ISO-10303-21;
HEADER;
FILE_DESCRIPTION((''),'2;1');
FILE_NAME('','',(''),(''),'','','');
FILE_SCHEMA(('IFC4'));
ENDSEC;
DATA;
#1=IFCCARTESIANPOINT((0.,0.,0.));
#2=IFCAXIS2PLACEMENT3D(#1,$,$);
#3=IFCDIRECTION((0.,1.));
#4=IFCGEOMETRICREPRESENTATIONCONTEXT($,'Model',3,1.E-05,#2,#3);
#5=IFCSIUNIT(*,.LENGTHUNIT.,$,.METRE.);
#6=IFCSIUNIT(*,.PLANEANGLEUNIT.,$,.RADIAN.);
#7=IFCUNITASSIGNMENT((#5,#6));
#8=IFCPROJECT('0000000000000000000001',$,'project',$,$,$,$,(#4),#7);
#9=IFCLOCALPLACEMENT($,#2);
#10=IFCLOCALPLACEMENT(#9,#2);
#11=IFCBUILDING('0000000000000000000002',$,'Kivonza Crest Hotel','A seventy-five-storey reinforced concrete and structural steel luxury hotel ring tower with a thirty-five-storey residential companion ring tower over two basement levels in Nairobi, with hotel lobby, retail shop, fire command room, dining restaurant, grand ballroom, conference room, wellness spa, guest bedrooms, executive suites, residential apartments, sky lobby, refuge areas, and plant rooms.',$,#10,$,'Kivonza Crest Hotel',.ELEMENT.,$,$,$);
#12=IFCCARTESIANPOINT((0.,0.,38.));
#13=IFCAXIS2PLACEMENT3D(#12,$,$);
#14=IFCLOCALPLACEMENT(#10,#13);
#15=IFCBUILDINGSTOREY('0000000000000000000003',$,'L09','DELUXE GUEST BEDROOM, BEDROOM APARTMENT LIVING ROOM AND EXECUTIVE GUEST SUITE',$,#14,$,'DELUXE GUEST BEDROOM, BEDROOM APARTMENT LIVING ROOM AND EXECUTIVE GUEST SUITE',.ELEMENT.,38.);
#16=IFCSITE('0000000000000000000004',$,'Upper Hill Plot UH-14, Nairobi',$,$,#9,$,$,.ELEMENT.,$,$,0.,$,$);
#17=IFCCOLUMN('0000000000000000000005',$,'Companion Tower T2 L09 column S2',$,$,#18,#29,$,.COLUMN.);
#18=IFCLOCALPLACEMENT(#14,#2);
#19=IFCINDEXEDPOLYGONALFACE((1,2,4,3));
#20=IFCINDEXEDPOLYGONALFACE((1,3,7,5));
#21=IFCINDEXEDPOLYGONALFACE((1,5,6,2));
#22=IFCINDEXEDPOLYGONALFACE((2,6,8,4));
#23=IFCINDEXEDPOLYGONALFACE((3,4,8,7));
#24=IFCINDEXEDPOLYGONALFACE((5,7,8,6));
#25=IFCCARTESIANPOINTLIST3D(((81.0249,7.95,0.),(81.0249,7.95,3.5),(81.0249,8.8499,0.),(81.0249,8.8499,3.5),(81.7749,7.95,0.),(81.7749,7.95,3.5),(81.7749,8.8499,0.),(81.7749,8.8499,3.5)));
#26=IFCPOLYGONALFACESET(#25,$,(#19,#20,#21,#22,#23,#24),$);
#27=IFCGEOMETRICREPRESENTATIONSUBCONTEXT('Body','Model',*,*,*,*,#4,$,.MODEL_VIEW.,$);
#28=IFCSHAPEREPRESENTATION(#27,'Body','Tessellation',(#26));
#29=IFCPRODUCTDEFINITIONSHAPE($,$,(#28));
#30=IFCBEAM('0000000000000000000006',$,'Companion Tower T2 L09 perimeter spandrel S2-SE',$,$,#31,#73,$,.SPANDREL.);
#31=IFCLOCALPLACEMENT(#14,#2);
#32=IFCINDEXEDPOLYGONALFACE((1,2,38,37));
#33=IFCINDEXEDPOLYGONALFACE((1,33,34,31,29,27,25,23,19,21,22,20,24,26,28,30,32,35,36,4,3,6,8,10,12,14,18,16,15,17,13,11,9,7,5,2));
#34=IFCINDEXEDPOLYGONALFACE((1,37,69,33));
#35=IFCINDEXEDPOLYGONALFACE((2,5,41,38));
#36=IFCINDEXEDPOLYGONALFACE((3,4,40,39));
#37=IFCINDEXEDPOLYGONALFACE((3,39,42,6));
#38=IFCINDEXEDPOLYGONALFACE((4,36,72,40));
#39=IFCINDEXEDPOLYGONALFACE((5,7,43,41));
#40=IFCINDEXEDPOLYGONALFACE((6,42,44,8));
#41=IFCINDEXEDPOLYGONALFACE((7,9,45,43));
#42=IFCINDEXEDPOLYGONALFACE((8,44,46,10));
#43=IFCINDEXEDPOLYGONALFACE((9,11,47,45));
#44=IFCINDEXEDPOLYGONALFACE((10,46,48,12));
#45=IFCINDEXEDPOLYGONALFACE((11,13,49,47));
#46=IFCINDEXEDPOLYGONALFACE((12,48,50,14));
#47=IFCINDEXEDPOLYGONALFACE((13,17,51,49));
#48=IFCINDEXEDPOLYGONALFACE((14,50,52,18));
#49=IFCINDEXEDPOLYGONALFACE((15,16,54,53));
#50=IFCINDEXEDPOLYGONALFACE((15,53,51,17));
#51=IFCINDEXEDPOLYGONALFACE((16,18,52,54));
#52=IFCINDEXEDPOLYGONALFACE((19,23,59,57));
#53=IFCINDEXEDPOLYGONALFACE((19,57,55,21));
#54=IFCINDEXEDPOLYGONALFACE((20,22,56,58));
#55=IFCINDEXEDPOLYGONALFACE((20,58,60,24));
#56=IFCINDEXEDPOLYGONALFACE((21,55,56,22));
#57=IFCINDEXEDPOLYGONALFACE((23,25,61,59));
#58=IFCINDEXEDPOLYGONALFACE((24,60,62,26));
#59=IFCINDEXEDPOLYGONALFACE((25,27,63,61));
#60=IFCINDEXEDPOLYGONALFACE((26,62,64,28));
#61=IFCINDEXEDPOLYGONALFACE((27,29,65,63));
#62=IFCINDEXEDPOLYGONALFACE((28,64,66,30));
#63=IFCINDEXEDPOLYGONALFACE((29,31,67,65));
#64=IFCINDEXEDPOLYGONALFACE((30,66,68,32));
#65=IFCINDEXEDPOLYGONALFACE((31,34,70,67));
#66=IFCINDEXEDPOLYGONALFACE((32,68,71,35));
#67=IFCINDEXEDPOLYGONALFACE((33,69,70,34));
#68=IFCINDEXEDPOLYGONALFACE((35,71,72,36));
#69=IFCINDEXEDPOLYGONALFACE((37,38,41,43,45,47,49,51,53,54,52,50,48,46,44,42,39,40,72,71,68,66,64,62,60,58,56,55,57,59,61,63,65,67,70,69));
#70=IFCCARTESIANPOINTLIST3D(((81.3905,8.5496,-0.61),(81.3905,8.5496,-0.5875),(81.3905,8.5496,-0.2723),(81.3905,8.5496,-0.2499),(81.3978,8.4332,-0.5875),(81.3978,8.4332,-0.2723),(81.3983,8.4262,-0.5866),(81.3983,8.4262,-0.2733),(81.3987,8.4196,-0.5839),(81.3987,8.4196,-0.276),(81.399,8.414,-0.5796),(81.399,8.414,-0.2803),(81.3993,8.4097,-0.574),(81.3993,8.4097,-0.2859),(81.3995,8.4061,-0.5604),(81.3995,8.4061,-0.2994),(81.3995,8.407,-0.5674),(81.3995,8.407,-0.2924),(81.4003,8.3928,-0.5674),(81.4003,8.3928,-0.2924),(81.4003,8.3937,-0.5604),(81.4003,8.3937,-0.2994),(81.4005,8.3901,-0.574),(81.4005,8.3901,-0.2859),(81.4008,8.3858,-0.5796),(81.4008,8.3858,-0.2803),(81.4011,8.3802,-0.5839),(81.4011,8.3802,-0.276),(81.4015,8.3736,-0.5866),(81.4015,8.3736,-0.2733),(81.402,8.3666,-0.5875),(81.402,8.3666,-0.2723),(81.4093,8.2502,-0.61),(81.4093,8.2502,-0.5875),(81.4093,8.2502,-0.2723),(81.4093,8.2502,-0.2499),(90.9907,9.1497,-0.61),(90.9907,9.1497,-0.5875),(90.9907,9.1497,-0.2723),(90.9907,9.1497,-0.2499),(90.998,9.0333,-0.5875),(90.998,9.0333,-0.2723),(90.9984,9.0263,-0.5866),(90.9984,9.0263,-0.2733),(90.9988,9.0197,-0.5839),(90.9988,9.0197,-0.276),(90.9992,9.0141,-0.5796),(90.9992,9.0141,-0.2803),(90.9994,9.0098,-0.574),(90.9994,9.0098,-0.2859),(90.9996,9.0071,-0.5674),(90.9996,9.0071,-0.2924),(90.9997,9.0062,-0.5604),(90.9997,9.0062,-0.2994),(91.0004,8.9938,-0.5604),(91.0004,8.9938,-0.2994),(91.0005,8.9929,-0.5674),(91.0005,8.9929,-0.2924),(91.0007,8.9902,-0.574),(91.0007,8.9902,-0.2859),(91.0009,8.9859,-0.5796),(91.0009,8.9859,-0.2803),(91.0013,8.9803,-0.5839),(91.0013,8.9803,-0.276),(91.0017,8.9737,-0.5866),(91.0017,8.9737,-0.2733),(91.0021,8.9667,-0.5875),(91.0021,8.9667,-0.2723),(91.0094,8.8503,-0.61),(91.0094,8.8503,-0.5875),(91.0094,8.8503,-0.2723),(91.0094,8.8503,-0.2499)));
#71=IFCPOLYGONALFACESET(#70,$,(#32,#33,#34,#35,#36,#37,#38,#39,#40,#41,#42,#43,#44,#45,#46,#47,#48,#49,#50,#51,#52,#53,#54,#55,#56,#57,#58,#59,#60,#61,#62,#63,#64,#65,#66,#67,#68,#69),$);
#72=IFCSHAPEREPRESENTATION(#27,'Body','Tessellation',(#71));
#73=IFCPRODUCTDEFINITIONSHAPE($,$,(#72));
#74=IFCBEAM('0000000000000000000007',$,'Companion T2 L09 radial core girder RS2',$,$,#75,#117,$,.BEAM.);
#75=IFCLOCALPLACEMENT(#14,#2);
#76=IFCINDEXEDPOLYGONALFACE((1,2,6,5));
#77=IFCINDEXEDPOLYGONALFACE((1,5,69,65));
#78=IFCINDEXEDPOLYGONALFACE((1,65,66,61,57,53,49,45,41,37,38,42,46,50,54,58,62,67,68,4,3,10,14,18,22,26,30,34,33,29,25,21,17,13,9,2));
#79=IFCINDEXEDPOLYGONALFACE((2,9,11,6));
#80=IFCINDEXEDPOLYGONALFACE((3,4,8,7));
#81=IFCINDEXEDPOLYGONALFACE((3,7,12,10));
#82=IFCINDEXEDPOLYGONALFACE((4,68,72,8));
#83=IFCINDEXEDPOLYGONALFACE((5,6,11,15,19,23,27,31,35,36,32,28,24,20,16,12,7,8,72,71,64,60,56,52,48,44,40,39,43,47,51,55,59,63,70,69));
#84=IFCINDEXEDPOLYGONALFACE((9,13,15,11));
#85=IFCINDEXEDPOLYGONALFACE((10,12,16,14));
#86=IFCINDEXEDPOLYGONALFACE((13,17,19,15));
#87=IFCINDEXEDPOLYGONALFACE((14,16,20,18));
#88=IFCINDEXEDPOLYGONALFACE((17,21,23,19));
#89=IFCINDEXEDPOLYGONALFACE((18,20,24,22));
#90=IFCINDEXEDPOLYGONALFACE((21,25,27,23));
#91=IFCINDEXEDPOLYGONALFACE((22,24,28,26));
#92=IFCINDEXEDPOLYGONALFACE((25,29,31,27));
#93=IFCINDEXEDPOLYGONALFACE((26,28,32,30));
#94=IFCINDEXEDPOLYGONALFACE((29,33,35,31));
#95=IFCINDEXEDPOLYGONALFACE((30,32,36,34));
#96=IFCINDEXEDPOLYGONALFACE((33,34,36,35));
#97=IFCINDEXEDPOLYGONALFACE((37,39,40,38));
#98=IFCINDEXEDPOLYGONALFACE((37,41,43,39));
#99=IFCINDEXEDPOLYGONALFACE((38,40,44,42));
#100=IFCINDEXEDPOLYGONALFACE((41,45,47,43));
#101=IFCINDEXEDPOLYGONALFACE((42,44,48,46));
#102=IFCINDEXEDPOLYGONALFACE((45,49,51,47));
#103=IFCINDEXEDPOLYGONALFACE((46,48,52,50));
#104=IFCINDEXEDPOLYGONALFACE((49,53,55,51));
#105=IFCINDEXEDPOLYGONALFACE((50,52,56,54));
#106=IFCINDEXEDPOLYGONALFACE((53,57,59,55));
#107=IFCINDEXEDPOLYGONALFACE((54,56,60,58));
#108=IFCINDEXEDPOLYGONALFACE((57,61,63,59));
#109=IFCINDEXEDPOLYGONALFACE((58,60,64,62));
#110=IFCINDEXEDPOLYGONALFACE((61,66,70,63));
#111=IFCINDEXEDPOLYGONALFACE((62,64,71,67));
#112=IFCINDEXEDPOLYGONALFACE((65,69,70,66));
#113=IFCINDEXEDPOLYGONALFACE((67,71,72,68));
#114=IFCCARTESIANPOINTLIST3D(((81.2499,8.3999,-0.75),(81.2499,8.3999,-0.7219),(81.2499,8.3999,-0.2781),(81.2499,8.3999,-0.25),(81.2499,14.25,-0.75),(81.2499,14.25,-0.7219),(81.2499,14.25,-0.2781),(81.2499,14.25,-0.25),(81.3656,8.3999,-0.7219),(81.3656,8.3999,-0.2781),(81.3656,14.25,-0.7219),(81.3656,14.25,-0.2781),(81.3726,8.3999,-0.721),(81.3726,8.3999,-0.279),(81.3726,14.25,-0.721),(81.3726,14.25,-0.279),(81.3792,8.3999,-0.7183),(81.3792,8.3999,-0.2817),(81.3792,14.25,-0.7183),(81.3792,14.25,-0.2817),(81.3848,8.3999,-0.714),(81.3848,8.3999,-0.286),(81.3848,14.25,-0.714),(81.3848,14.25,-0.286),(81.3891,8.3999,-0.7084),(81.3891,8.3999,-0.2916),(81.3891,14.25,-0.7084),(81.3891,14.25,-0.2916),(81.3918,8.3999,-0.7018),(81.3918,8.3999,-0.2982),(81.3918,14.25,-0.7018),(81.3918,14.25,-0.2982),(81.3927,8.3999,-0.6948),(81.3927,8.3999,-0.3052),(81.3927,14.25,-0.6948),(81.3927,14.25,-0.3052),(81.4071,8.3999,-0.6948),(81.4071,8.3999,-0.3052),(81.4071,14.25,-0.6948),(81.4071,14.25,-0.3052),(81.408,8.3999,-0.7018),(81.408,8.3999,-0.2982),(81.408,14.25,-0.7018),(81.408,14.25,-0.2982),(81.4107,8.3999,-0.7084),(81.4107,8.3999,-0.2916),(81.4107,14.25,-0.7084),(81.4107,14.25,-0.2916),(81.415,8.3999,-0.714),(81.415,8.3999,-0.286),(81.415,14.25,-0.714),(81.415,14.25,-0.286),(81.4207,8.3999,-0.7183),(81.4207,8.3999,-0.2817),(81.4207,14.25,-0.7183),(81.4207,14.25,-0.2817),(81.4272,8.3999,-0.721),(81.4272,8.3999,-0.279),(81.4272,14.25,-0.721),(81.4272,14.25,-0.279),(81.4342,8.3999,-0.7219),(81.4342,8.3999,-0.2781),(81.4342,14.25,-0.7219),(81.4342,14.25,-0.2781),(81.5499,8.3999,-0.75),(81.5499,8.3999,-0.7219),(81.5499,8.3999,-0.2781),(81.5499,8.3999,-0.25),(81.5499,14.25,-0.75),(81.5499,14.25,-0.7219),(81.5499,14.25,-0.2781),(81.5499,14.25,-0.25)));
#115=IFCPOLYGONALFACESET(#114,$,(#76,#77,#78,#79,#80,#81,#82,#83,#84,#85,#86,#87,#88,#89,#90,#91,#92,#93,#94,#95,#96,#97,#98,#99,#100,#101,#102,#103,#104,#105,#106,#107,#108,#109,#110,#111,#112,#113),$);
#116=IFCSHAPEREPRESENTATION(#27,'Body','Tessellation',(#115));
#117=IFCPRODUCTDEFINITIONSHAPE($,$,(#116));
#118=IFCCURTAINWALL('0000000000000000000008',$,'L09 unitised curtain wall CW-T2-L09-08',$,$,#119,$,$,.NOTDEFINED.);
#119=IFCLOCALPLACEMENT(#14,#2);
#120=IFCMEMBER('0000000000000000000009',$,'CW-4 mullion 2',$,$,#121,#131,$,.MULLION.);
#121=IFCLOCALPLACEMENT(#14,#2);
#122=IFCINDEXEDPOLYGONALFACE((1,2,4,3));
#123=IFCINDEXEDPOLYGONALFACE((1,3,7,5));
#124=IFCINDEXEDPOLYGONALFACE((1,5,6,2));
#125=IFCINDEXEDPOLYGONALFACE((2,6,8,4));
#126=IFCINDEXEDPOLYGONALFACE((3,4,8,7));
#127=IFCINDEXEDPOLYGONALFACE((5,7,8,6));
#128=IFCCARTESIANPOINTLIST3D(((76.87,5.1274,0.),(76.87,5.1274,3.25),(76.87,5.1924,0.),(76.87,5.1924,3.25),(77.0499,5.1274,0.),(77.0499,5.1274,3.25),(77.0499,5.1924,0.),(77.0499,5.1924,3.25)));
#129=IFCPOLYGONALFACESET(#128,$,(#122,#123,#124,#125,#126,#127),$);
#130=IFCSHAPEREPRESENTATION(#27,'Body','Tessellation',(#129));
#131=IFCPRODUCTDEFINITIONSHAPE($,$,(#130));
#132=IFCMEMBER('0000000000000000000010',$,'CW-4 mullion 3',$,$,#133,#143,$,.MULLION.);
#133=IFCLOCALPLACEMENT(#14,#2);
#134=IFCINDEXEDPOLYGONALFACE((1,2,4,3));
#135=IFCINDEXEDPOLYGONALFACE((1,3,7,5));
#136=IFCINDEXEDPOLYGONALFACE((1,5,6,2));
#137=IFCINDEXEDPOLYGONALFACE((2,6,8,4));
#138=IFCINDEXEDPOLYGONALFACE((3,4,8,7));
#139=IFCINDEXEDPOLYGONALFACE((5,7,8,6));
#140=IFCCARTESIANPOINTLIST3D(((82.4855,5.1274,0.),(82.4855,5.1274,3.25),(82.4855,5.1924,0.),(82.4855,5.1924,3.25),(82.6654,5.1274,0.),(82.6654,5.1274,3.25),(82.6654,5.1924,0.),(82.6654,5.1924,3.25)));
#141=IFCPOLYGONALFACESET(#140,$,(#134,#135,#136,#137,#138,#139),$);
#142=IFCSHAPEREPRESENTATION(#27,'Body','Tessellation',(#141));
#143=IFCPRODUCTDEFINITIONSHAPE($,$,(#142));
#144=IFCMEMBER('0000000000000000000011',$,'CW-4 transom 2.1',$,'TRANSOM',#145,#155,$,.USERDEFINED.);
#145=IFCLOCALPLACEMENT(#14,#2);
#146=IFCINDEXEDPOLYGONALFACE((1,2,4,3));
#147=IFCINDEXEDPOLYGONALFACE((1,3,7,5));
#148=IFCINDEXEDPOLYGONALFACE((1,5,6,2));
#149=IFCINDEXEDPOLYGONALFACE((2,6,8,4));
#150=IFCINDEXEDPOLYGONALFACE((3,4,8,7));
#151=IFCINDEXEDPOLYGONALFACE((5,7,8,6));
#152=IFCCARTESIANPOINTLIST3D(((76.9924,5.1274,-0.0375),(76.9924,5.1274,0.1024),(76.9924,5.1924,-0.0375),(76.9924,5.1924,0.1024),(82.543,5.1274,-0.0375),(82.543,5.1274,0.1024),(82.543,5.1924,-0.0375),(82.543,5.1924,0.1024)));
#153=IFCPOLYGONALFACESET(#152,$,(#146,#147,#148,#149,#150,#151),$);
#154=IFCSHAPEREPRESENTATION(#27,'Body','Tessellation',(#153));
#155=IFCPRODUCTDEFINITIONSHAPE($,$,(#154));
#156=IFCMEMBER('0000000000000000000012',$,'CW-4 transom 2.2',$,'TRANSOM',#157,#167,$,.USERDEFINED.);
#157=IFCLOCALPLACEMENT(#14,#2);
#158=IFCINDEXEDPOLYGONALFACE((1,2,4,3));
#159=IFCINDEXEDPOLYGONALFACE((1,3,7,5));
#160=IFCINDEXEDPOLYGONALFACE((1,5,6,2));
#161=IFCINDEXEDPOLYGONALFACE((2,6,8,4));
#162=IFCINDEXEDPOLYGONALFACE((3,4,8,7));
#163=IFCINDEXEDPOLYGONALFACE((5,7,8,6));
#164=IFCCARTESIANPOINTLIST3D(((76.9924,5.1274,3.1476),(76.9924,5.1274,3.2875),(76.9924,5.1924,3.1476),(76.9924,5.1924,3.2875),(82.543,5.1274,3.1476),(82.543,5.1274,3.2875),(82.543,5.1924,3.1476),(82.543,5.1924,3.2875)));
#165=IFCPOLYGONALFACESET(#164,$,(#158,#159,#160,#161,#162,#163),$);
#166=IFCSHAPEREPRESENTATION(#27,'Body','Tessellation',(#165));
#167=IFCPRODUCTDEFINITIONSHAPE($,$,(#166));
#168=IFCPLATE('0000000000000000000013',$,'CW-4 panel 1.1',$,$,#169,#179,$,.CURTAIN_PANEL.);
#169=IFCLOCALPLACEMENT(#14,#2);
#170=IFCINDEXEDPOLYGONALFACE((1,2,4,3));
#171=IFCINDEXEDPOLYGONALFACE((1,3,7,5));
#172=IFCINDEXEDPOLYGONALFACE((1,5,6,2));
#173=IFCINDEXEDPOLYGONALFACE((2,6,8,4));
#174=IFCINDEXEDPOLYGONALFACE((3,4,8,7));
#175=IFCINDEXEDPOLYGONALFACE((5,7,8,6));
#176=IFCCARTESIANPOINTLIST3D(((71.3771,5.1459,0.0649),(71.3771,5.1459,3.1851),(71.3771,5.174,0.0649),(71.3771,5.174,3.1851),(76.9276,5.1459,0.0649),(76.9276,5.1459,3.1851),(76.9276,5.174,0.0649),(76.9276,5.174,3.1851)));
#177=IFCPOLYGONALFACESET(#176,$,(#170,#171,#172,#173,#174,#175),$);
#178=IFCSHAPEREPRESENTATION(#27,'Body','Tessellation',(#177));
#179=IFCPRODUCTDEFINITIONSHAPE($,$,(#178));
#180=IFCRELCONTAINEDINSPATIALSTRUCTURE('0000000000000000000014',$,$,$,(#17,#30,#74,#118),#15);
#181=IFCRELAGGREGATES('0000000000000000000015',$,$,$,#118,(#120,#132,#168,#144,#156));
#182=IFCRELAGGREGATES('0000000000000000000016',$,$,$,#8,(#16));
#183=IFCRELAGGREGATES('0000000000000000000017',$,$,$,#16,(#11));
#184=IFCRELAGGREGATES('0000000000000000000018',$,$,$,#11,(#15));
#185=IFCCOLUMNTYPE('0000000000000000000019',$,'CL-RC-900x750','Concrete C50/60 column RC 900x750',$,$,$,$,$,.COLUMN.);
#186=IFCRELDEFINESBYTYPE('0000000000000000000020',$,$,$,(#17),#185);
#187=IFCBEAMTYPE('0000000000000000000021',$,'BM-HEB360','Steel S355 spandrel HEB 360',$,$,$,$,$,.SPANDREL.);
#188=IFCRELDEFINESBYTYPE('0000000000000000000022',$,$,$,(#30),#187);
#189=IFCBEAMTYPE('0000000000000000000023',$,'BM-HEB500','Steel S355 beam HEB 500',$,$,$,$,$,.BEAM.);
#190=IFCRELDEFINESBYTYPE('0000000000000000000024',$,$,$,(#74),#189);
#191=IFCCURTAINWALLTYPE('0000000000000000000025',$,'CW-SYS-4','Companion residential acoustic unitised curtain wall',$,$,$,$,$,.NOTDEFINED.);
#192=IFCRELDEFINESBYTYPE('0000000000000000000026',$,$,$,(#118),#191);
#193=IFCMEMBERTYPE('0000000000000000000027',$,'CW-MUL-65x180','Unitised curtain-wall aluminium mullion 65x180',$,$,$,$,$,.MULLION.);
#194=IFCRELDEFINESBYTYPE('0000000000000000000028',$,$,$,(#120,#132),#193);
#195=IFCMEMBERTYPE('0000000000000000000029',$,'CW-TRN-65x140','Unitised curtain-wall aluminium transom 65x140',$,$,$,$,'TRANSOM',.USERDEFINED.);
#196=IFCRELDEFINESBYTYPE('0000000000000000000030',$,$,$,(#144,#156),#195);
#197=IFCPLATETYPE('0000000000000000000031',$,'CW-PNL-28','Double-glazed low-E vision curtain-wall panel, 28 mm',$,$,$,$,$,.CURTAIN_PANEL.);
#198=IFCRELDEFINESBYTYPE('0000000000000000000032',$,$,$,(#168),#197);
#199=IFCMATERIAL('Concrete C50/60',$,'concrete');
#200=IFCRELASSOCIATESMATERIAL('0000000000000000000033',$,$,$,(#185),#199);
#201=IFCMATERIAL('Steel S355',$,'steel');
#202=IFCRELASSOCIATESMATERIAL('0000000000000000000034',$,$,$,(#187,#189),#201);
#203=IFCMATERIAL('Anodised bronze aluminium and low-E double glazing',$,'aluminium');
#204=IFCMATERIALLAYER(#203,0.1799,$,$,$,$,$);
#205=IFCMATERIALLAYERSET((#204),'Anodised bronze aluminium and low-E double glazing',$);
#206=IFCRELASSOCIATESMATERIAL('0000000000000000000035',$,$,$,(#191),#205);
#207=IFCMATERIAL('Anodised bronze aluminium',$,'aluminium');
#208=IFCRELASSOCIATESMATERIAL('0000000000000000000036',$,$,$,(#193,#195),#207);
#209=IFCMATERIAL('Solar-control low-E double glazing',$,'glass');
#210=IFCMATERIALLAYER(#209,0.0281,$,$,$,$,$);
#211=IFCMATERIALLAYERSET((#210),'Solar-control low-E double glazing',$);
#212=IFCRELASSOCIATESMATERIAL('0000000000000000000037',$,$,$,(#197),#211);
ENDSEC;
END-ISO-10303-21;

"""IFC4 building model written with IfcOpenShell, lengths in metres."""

from ifc_helpers import new_model, si_unit, direction, frame, origin, origin_2d, place, context, subcontext, project, spatial, rectangle, i_section, extrude, material, layer, layer_set, material_profile, profile_set, type_object, element, aggregate, save


model = new_model("IFC4")

# Units and contexts
model_context = context("Model", 3, precision=1e-05, world=origin(), true_north=direction((0.0, 1.0)))
body_context = subcontext(model_context, "Body", "Model", "MODEL_VIEW")
ifc_project = project(units=[si_unit("LENGTHUNIT", "METRE"), si_unit("PLANEANGLEUNIT", "RADIAN")], contexts=[model_context])

# Site, building, storey
site_placement = place(None, origin())
site = spatial("IfcSite", under=ifc_project, at=site_placement, Name="Upper Hill Plot UH-14, Nairobi", CompositionType="ELEMENT", RefElevation=0.0)
building_placement = place(site_placement, origin())
building = spatial("IfcBuilding", under=site, at=building_placement, Name="Kivonza Crest Hotel", Description="A seventy-five-storey reinforced concrete and structural steel luxury hotel ring tower with a thirty-five-storey residential companion ring tower over two basement levels in Nairobi, with hotel lobby, retail shop, fire command room, dining restaurant, grand ballroom, conference room, wellness spa, guest bedrooms, executive suites, residential apartments, sky lobby, refuge areas, and plant rooms.", LongName="Kivonza Crest Hotel", CompositionType="ELEMENT")
storey_placement = place(building_placement, frame((0.0, 0.0, 38.0)))
storey = spatial("IfcBuildingStorey", under=building, at=storey_placement, Name="L09", Description="DELUXE GUEST BEDROOM, BEDROOM APARTMENT LIVING ROOM AND EXECUTIVE GUEST SUITE", LongName="DELUXE GUEST BEDROOM, BEDROOM APARTMENT LIVING ROOM AND EXECUTIVE GUEST SUITE", CompositionType="ELEMENT", Elevation=38.0)

# Column
ifc_material_1 = material(Name="Concrete C50/60", Category="concrete")
ifc_material_profile_1 = material_profile(ifc_material_1, rectangle(XDim=0.75, YDim=0.8999, at=origin_2d()), Name="RC 900x750")
ifc_profile_set_1 = profile_set([ifc_material_profile_1], Name="Concrete C50/60")
column_type = type_object("IfcColumnType", Name="CL-RC-900x750", Description="Concrete C50/60 column RC 900x750", PredefinedType="COLUMN", material=ifc_profile_set_1)
column_placement = place(storey_placement, frame((81.3999, 8.3999, 0.0), z_axis=(0.0, 0.0, 1.0), x_axis=(1.0, 0.0, 0.0)))
element("IfcColumn", 1, at=column_placement, inside=storey, type_object=column_type, Name="Companion Tower T2 L09 column S2", PredefinedType="COLUMN", context=body_context, shape_type="SweptSolid", body=[
    extrude(rectangle(XDim=0.75, YDim=0.8999, at=origin_2d()), origin(), (0.0, 0.0, 1.0), 3.5),
])

# Beams
ifc_material_2 = material(Name="Steel S355", Category="steel")
ifc_material_profile_2 = material_profile(ifc_material_2, i_section(OverallWidth=0.3, OverallDepth=0.3601, WebThickness=0.0125, FlangeThickness=0.0225, FilletRadius=0.0271, at=origin_2d()), Name="HEB 360")
ifc_profile_set_2 = profile_set([ifc_material_profile_2], Name="Steel S355")
beam_type_1 = type_object("IfcBeamType", Name="BM-HEB360", Description="Steel S355 spandrel HEB 360", PredefinedType="SPANDREL", material=ifc_profile_set_2)
beam_1_placement = place(storey_placement, frame((81.3999, 8.3999, -0.4299), z_axis=(0.998052, 0.062388, 0.0), x_axis=(-0.062388, 0.998052, 0.0)))
element("IfcBeam", 2, at=beam_1_placement, inside=storey, type_object=beam_type_1, Name="Companion Tower T2 L09 perimeter spandrel S2-SE", PredefinedType="SPANDREL", context=body_context, shape_type="SweptSolid", body=[
    extrude(i_section(OverallWidth=0.3, OverallDepth=0.3601, WebThickness=0.0125, FlangeThickness=0.0225, FilletRadius=0.0271, at=origin_2d()), origin(), (0.0, 0.0, 1.0), 9.6189),
])
ifc_material_profile_3 = material_profile(ifc_material_2, i_section(OverallWidth=0.3, OverallDepth=0.5, WebThickness=0.0144, FlangeThickness=0.0281, FilletRadius=0.0271, at=origin_2d()), Name="HEB 500")
ifc_profile_set_3 = profile_set([ifc_material_profile_3], Name="Steel S355")
beam_type_2 = type_object("IfcBeamType", Name="BM-HEB500", Description="Steel S355 beam HEB 500", PredefinedType="BEAM", material=ifc_profile_set_3)
beam_2_placement = place(storey_placement, frame((81.3999, 8.3999, -0.5), z_axis=(0.0, 1.0, 0.0), x_axis=(-1.0, 0.0, 0.0)))
element("IfcBeam", 3, at=beam_2_placement, inside=storey, type_object=beam_type_2, Name="Companion T2 L09 radial core girder RS2", PredefinedType="BEAM", context=body_context, shape_type="SweptSolid", body=[
    extrude(i_section(OverallWidth=0.3, OverallDepth=0.5, WebThickness=0.0144, FlangeThickness=0.0281, FilletRadius=0.0271, at=origin_2d()), origin(), (0.0, 0.0, 1.0), 5.8501),
])

# Curtain wall, members, plate
ifc_material_3 = material(Name="Anodised bronze aluminium and low-E double glazing", Category="aluminium")
ifc_layer_1 = layer(ifc_material_3, 0.1799)
ifc_layer_set_1 = layer_set([ifc_layer_1], Name="Anodised bronze aluminium and low-E double glazing")
curtain_wall_type = type_object("IfcCurtainWallType", Name="CW-SYS-4", Description="Companion residential acoustic unitised curtain wall", PredefinedType="NOTDEFINED", material=ifc_layer_set_1)
curtain_wall_placement = place(storey_placement, origin())
curtain_wall = element("IfcCurtainWall", 4, at=curtain_wall_placement, inside=storey, type_object=curtain_wall_type, Name="L09 unitised curtain wall CW-T2-L09-08", PredefinedType="NOTDEFINED")
ifc_material_4 = material(Name="Anodised bronze aluminium", Category="aluminium")
ifc_material_profile_4 = material_profile(ifc_material_4, rectangle(XDim=0.0649, YDim=0.1799, at=origin_2d()), Name="CW-M 65x180")
ifc_profile_set_4 = profile_set([ifc_material_profile_4], Name="Anodised bronze aluminium")
member_type_1 = type_object("IfcMemberType", Name="CW-MUL-65x180", Description="Unitised curtain-wall aluminium mullion 65x180", PredefinedType="MULLION", material=ifc_profile_set_4)
member_1_placement = place(storey_placement, frame((76.96, 5.1599, 0.0), z_axis=(0.0, 0.0, 1.0), x_axis=(0.0, 1.0, 0.0)))
member_1 = element("IfcMember", 5, at=member_1_placement, type_object=member_type_1, Name="CW-4 mullion 2", PredefinedType="MULLION", context=body_context, shape_type="SweptSolid", body=[
    extrude(rectangle(XDim=0.0649, YDim=0.1799, at=origin_2d()), origin(), (0.0, 0.0, 1.0), 3.25),
])
member_2_placement = place(storey_placement, frame((82.5754, 5.1599, 0.0), z_axis=(0.0, 0.0, 1.0), x_axis=(0.0, 1.0, 0.0)))
member_2 = element("IfcMember", 6, at=member_2_placement, type_object=member_type_1, Name="CW-4 mullion 3", PredefinedType="MULLION", context=body_context, shape_type="SweptSolid", body=[
    extrude(rectangle(XDim=0.0649, YDim=0.1799, at=origin_2d()), origin(), (0.0, 0.0, 1.0), 3.25),
])
ifc_material_profile_5 = material_profile(ifc_material_4, rectangle(XDim=0.0649, YDim=0.1399, at=origin_2d()), Name="CW-T 65x140")
ifc_profile_set_5 = profile_set([ifc_material_profile_5], Name="Anodised bronze aluminium")
member_type_2 = type_object("IfcMemberType", Name="CW-TRN-65x140", Description="Unitised curtain-wall aluminium transom 65x140", ElementType="TRANSOM", PredefinedType="USERDEFINED", material=ifc_profile_set_5)
member_3_placement = place(storey_placement, frame((76.9924, 5.1599, 0.0325), z_axis=(1.0, 0.0, 0.0), x_axis=(0.0, 1.0, 0.0)))
member_3 = element("IfcMember", 7, at=member_3_placement, type_object=member_type_2, Name="CW-4 transom 2.1", ObjectType="TRANSOM", PredefinedType="USERDEFINED", context=body_context, shape_type="SweptSolid", body=[
    extrude(rectangle(XDim=0.0649, YDim=0.1399, at=origin_2d()), origin(), (0.0, 0.0, 1.0), 5.5505),
])
member_4_placement = place(storey_placement, frame((76.9924, 5.1599, 3.2175), z_axis=(1.0, 0.0, 0.0), x_axis=(0.0, 1.0, 0.0)))
member_4 = element("IfcMember", 8, at=member_4_placement, type_object=member_type_2, Name="CW-4 transom 2.2", ObjectType="TRANSOM", PredefinedType="USERDEFINED", context=body_context, shape_type="SweptSolid", body=[
    extrude(rectangle(XDim=0.0649, YDim=0.1399, at=origin_2d()), origin(), (0.0, 0.0, 1.0), 5.5505),
])
ifc_material_5 = material(Name="Solar-control low-E double glazing", Category="glass")
ifc_layer_2 = layer(ifc_material_5, 0.0281)
ifc_layer_set_2 = layer_set([ifc_layer_2], Name="Solar-control low-E double glazing")
plate_type = type_object("IfcPlateType", Name="CW-PNL-28", Description="Double-glazed low-E vision curtain-wall panel, 28 mm", PredefinedType="CURTAIN_PANEL", material=ifc_layer_set_2)
plate_1_placement = place(storey_placement, frame((74.1523, 5.1599, 0.0649), z_axis=(0.0, 0.0, 1.0), x_axis=(1.0, 0.0, 0.0)))
plate_1 = element("IfcPlate", 9, at=plate_1_placement, type_object=plate_type, Name="CW-4 panel 1.1", PredefinedType="CURTAIN_PANEL", context=body_context, shape_type="SweptSolid", body=[
    extrude(rectangle(XDim=5.5505, YDim=0.0281, at=origin_2d()), origin(), (0.0, 0.0, 1.0), 3.1201),
])
aggregate(curtain_wall, [member_1, member_2, plate_1, member_3, member_4])

save(model, "model.ifc")
